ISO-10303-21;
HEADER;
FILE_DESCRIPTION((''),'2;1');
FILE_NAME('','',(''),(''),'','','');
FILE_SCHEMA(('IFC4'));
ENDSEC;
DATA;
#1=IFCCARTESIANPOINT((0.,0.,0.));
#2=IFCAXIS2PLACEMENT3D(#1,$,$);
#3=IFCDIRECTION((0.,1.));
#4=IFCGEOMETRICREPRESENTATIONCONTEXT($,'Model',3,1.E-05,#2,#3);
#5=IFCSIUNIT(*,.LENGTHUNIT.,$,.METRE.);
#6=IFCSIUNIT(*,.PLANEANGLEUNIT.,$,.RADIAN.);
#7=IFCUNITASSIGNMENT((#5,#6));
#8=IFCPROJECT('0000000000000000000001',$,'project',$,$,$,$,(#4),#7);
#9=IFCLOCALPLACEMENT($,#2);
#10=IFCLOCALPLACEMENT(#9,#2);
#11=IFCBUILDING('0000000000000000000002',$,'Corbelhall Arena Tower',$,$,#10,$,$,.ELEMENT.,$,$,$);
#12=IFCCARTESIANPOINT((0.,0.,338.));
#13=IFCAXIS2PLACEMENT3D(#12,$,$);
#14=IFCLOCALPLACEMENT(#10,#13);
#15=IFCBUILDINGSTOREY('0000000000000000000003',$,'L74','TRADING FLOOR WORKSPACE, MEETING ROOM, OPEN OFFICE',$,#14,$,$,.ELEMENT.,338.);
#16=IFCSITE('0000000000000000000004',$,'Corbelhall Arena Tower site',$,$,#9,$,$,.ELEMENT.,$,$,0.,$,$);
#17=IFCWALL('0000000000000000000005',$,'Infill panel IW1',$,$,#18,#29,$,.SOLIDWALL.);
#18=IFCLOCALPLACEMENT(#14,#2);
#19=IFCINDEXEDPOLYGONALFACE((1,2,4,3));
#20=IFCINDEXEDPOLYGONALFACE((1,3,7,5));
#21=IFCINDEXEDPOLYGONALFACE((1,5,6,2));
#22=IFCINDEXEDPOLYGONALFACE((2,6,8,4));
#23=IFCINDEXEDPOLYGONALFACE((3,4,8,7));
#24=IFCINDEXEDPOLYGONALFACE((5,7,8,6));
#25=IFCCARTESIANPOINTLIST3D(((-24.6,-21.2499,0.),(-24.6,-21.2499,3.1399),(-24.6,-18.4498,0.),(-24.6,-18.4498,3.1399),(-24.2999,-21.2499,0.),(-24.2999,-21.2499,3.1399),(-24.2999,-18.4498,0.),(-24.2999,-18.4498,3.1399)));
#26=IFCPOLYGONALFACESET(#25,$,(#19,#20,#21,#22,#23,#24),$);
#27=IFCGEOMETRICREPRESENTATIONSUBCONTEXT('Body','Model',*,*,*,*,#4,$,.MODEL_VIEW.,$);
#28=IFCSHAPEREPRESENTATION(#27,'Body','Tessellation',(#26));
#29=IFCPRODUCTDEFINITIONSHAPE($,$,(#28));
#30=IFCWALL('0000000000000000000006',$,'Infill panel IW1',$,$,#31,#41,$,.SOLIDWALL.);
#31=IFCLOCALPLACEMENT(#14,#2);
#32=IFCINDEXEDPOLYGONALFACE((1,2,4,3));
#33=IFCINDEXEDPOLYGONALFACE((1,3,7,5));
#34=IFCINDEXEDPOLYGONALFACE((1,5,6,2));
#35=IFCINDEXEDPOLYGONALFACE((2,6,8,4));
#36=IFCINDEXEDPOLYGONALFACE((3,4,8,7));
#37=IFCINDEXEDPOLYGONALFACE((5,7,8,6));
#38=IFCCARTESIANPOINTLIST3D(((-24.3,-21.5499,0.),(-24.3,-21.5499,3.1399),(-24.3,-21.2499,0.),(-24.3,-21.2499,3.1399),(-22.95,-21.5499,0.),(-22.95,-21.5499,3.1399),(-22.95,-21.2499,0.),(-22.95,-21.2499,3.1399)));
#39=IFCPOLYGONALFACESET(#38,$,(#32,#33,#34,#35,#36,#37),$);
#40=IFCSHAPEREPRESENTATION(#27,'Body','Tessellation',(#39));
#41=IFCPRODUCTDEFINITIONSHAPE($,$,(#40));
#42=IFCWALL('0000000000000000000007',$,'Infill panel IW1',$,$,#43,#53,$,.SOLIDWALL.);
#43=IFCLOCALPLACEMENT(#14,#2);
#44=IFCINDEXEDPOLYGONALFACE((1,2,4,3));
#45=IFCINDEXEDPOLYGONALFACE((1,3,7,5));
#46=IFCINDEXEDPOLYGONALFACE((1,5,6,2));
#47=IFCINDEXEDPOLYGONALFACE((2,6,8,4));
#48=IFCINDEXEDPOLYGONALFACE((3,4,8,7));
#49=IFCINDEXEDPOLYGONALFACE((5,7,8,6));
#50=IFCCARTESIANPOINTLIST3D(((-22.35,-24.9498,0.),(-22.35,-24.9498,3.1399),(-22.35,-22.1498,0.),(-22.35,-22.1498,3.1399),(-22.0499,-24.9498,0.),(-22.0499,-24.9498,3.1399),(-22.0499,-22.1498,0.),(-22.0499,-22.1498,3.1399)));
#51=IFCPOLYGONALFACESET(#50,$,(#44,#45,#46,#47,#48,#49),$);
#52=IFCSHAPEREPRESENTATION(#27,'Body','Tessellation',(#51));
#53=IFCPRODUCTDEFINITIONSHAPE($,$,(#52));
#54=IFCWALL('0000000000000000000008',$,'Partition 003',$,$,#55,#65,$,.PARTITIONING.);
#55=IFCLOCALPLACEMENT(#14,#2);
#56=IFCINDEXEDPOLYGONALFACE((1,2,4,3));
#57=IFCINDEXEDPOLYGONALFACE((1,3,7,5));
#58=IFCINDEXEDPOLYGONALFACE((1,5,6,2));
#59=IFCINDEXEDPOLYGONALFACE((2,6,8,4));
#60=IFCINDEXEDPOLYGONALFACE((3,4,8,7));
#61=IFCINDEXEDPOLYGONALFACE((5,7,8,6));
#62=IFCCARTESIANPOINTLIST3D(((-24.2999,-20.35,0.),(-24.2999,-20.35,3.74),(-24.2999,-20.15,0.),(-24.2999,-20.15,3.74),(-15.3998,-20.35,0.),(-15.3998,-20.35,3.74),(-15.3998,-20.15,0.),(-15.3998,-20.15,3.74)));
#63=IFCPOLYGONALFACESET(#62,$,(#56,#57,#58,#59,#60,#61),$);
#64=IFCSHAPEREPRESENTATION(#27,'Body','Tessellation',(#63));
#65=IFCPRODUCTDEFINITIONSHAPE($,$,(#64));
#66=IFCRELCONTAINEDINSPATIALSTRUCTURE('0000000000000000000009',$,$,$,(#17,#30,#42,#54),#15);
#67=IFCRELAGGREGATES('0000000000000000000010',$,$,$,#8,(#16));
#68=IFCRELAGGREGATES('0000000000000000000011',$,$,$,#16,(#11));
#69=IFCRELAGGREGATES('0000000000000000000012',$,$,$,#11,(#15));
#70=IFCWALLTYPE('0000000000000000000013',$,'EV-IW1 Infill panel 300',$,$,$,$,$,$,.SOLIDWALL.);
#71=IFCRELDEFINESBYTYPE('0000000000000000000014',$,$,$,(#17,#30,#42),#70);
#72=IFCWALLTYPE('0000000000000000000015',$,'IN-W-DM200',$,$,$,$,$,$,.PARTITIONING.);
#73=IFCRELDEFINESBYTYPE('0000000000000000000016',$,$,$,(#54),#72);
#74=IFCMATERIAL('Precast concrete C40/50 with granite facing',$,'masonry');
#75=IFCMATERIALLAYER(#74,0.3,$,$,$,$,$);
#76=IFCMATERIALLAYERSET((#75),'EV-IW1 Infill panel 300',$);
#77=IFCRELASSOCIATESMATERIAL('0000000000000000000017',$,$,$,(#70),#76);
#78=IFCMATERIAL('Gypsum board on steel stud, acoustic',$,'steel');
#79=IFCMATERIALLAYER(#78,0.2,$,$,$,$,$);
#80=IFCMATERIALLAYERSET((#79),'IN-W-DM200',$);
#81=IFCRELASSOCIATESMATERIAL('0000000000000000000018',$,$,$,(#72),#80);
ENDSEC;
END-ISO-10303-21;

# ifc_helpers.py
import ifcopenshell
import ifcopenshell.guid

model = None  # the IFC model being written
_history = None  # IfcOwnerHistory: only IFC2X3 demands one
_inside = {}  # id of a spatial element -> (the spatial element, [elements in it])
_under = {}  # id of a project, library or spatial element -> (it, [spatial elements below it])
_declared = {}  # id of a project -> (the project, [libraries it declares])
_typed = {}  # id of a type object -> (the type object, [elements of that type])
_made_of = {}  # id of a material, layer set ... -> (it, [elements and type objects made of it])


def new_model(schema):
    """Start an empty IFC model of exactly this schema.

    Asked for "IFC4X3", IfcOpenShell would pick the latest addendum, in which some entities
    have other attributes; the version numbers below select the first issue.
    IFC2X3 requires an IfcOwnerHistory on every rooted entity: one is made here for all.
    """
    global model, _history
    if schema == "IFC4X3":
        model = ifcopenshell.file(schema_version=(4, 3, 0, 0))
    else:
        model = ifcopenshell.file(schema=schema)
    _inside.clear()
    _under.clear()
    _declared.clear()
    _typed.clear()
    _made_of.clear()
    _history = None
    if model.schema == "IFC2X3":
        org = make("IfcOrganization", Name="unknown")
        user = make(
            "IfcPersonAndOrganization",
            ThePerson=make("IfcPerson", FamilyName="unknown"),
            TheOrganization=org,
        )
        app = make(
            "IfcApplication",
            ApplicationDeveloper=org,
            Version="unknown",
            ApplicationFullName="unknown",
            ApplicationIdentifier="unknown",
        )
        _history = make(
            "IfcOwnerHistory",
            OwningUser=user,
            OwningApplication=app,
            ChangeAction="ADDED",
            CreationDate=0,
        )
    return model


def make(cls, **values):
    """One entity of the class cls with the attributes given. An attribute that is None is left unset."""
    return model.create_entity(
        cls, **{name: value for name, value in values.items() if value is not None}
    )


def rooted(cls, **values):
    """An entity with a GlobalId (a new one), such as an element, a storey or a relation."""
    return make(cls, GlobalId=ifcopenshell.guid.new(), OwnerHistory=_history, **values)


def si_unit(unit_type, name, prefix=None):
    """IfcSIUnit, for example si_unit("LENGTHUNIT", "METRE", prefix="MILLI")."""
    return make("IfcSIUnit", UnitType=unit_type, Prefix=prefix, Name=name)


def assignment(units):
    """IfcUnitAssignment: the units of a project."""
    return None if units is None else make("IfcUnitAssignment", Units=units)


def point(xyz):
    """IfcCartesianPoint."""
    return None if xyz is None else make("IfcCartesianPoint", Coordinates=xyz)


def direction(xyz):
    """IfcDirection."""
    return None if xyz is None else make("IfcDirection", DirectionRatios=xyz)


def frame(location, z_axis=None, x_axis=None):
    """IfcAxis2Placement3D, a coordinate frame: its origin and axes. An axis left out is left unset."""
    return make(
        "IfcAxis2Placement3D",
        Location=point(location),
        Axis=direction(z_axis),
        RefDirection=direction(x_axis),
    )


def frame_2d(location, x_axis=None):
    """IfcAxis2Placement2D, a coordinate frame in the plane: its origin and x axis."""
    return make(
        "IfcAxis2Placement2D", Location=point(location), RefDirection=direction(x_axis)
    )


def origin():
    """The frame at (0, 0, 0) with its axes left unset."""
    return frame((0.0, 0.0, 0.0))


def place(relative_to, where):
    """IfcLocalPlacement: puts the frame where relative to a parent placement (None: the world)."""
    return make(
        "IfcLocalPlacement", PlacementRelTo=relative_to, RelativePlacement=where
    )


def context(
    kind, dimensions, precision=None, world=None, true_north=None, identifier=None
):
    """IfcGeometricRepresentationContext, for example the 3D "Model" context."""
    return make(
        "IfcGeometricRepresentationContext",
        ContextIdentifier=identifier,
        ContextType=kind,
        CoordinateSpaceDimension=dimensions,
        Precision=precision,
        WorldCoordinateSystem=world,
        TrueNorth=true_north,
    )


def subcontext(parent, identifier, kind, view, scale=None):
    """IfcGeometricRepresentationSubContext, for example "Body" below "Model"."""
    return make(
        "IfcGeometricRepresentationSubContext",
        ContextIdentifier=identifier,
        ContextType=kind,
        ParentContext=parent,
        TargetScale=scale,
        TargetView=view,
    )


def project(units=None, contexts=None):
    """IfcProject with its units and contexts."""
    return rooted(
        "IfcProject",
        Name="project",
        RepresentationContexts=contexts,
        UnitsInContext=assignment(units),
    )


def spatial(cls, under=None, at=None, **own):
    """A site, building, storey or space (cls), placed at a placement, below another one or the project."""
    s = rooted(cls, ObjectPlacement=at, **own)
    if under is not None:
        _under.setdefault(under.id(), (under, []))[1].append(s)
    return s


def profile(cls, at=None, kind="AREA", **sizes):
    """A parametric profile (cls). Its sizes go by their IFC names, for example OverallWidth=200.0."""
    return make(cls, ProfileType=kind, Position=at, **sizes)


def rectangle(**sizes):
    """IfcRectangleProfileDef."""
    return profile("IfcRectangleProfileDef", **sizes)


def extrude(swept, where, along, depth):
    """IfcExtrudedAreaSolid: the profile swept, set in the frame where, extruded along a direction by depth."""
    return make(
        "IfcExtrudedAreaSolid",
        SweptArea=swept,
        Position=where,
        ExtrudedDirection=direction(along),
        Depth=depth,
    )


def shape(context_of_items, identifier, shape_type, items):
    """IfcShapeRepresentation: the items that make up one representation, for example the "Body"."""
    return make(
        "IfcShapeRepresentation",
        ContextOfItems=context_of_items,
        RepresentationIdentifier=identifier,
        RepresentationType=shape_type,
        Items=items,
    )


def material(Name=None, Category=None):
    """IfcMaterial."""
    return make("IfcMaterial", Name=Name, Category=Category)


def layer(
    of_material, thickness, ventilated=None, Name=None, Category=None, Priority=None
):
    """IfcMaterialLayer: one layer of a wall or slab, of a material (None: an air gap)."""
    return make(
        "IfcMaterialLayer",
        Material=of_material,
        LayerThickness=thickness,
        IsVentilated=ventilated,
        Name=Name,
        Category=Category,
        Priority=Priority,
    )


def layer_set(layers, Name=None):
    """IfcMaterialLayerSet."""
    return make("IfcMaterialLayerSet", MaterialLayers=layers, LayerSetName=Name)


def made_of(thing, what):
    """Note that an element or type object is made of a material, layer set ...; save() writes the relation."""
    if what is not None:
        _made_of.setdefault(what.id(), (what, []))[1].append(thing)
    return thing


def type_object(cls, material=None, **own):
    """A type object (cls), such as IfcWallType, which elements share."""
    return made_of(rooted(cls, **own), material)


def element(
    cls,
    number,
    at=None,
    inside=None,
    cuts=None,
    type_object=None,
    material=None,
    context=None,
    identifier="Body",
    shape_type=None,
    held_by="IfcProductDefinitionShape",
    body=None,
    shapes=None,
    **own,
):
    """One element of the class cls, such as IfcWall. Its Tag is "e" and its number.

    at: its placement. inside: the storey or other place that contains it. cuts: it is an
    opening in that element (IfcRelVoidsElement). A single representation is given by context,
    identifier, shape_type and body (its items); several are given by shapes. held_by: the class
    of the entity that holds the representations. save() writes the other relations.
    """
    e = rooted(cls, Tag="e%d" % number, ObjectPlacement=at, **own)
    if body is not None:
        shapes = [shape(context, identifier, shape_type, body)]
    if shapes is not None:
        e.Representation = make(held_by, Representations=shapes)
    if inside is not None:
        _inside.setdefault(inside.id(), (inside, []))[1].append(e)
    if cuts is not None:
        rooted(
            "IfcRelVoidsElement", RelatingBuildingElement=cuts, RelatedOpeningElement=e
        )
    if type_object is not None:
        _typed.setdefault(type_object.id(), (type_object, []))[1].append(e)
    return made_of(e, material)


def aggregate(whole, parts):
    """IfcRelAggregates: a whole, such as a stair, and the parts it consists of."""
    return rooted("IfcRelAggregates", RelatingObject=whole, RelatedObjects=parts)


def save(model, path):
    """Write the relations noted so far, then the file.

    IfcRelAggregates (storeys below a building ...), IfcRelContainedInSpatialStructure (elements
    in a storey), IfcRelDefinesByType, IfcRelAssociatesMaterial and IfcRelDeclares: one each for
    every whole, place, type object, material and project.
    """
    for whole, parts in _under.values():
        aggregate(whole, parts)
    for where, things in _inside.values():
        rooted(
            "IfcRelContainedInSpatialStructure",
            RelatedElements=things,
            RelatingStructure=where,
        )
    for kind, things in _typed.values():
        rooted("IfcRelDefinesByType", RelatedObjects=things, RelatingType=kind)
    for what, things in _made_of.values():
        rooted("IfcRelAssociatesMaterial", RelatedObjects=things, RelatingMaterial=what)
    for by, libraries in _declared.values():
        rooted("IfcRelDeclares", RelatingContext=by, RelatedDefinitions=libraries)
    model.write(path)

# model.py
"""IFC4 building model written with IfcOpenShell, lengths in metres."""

from ifc_helpers import new_model, si_unit, direction, frame, frame_2d, origin, place, context, subcontext, project, spatial, rectangle, extrude, material, layer, layer_set, type_object, element, save


model = new_model("IFC4")

# Units and contexts
model_context = context("Model", 3, precision=1e-05, world=origin(), true_north=direction((0.0, 1.0)))
body_context = subcontext(model_context, "Body", "Model", "MODEL_VIEW")
ifc_project = project(units=[si_unit("LENGTHUNIT", "METRE"), si_unit("PLANEANGLEUNIT", "RADIAN")], contexts=[model_context])

# Site, building, storey
site_placement = place(None, origin())
site = spatial("IfcSite", under=ifc_project, at=site_placement, Name="Corbelhall Arena Tower site", CompositionType="ELEMENT", RefElevation=0.0)
building_placement = place(site_placement, origin())
building = spatial("IfcBuilding", under=site, at=building_placement, Name="Corbelhall Arena Tower", CompositionType="ELEMENT")
storey_placement = place(building_placement, frame((0.0, 0.0, 338.0)))
storey = spatial("IfcBuildingStorey", under=building, at=storey_placement, Name="L74", Description="TRADING FLOOR WORKSPACE, MEETING ROOM, OPEN OFFICE", CompositionType="ELEMENT", Elevation=338.0)

# Walls
ifc_material_1 = material(Name="Precast concrete C40/50 with granite facing", Category="masonry")
ifc_layer_1 = layer(ifc_material_1, 0.3)
ifc_layer_set_1 = layer_set([ifc_layer_1], Name="EV-IW1 Infill panel 300")
wall_type_1 = type_object("IfcWallType", Name="EV-IW1 Infill panel 300", PredefinedType="SOLIDWALL", material=ifc_layer_set_1)
wall_1_placement = place(storey_placement, frame((-24.45, -18.45, 0.0), z_axis=(0.0, 0.0, 1.0), x_axis=(0.0, -1.0, 0.0)))
element("IfcWall", 1, at=wall_1_placement, inside=storey, type_object=wall_type_1, Name="Infill panel IW1", PredefinedType="SOLIDWALL", context=body_context, shape_type="SweptSolid", body=[
    extrude(rectangle(XDim=2.8, YDim=0.3, at=frame_2d((1.3999, 0.0))), origin(), (0.0, 0.0, 1.0), 3.1399),
])
wall_2_placement = place(storey_placement, frame((-24.3, -21.3999, 0.0), z_axis=(0.0, 0.0, 1.0), x_axis=(1.0, 0.0, 0.0)))
element("IfcWall", 2, at=wall_2_placement, inside=storey, type_object=wall_type_1, Name="Infill panel IW1", PredefinedType="SOLIDWALL", context=body_context, shape_type="SweptSolid", body=[
    extrude(rectangle(XDim=1.3501, YDim=0.3, at=frame_2d((0.675, 0.0))), origin(), (0.0, 0.0, 1.0), 3.1399),
])
wall_3_placement = place(storey_placement, frame((-22.2, -22.1499, 0.0), z_axis=(0.0, 0.0, 1.0), x_axis=(0.0, -1.0, 0.0)))
element("IfcWall", 3, at=wall_3_placement, inside=storey, type_object=wall_type_1, Name="Infill panel IW1", PredefinedType="SOLIDWALL", context=body_context, shape_type="SweptSolid", body=[
    extrude(rectangle(XDim=2.8, YDim=0.3, at=frame_2d((1.3999, 0.0))), origin(), (0.0, 0.0, 1.0), 3.1399),
])

# Wall
ifc_material_2 = material(Name="Gypsum board on steel stud, acoustic", Category="steel")
ifc_layer_2 = layer(ifc_material_2, 0.2)
ifc_layer_set_2 = layer_set([ifc_layer_2], Name="IN-W-DM200")
wall_type_2 = type_object("IfcWallType", Name="IN-W-DM200", PredefinedType="PARTITIONING", material=ifc_layer_set_2)
wall_4_placement = place(storey_placement, frame((-24.3, -20.25, 0.0), z_axis=(0.0, 0.0, 1.0), x_axis=(1.0, 0.0, 0.0)))
element("IfcWall", 4, at=wall_4_placement, inside=storey, type_object=wall_type_2, Name="Partition 003", PredefinedType="PARTITIONING", context=body_context, shape_type="SweptSolid", body=[
    extrude(rectangle(XDim=8.9001, YDim=0.2, at=frame_2d((4.4502, 0.0))), origin(), (0.0, 0.0, 1.0), 3.74),
])

save(model, "model.ifc")
